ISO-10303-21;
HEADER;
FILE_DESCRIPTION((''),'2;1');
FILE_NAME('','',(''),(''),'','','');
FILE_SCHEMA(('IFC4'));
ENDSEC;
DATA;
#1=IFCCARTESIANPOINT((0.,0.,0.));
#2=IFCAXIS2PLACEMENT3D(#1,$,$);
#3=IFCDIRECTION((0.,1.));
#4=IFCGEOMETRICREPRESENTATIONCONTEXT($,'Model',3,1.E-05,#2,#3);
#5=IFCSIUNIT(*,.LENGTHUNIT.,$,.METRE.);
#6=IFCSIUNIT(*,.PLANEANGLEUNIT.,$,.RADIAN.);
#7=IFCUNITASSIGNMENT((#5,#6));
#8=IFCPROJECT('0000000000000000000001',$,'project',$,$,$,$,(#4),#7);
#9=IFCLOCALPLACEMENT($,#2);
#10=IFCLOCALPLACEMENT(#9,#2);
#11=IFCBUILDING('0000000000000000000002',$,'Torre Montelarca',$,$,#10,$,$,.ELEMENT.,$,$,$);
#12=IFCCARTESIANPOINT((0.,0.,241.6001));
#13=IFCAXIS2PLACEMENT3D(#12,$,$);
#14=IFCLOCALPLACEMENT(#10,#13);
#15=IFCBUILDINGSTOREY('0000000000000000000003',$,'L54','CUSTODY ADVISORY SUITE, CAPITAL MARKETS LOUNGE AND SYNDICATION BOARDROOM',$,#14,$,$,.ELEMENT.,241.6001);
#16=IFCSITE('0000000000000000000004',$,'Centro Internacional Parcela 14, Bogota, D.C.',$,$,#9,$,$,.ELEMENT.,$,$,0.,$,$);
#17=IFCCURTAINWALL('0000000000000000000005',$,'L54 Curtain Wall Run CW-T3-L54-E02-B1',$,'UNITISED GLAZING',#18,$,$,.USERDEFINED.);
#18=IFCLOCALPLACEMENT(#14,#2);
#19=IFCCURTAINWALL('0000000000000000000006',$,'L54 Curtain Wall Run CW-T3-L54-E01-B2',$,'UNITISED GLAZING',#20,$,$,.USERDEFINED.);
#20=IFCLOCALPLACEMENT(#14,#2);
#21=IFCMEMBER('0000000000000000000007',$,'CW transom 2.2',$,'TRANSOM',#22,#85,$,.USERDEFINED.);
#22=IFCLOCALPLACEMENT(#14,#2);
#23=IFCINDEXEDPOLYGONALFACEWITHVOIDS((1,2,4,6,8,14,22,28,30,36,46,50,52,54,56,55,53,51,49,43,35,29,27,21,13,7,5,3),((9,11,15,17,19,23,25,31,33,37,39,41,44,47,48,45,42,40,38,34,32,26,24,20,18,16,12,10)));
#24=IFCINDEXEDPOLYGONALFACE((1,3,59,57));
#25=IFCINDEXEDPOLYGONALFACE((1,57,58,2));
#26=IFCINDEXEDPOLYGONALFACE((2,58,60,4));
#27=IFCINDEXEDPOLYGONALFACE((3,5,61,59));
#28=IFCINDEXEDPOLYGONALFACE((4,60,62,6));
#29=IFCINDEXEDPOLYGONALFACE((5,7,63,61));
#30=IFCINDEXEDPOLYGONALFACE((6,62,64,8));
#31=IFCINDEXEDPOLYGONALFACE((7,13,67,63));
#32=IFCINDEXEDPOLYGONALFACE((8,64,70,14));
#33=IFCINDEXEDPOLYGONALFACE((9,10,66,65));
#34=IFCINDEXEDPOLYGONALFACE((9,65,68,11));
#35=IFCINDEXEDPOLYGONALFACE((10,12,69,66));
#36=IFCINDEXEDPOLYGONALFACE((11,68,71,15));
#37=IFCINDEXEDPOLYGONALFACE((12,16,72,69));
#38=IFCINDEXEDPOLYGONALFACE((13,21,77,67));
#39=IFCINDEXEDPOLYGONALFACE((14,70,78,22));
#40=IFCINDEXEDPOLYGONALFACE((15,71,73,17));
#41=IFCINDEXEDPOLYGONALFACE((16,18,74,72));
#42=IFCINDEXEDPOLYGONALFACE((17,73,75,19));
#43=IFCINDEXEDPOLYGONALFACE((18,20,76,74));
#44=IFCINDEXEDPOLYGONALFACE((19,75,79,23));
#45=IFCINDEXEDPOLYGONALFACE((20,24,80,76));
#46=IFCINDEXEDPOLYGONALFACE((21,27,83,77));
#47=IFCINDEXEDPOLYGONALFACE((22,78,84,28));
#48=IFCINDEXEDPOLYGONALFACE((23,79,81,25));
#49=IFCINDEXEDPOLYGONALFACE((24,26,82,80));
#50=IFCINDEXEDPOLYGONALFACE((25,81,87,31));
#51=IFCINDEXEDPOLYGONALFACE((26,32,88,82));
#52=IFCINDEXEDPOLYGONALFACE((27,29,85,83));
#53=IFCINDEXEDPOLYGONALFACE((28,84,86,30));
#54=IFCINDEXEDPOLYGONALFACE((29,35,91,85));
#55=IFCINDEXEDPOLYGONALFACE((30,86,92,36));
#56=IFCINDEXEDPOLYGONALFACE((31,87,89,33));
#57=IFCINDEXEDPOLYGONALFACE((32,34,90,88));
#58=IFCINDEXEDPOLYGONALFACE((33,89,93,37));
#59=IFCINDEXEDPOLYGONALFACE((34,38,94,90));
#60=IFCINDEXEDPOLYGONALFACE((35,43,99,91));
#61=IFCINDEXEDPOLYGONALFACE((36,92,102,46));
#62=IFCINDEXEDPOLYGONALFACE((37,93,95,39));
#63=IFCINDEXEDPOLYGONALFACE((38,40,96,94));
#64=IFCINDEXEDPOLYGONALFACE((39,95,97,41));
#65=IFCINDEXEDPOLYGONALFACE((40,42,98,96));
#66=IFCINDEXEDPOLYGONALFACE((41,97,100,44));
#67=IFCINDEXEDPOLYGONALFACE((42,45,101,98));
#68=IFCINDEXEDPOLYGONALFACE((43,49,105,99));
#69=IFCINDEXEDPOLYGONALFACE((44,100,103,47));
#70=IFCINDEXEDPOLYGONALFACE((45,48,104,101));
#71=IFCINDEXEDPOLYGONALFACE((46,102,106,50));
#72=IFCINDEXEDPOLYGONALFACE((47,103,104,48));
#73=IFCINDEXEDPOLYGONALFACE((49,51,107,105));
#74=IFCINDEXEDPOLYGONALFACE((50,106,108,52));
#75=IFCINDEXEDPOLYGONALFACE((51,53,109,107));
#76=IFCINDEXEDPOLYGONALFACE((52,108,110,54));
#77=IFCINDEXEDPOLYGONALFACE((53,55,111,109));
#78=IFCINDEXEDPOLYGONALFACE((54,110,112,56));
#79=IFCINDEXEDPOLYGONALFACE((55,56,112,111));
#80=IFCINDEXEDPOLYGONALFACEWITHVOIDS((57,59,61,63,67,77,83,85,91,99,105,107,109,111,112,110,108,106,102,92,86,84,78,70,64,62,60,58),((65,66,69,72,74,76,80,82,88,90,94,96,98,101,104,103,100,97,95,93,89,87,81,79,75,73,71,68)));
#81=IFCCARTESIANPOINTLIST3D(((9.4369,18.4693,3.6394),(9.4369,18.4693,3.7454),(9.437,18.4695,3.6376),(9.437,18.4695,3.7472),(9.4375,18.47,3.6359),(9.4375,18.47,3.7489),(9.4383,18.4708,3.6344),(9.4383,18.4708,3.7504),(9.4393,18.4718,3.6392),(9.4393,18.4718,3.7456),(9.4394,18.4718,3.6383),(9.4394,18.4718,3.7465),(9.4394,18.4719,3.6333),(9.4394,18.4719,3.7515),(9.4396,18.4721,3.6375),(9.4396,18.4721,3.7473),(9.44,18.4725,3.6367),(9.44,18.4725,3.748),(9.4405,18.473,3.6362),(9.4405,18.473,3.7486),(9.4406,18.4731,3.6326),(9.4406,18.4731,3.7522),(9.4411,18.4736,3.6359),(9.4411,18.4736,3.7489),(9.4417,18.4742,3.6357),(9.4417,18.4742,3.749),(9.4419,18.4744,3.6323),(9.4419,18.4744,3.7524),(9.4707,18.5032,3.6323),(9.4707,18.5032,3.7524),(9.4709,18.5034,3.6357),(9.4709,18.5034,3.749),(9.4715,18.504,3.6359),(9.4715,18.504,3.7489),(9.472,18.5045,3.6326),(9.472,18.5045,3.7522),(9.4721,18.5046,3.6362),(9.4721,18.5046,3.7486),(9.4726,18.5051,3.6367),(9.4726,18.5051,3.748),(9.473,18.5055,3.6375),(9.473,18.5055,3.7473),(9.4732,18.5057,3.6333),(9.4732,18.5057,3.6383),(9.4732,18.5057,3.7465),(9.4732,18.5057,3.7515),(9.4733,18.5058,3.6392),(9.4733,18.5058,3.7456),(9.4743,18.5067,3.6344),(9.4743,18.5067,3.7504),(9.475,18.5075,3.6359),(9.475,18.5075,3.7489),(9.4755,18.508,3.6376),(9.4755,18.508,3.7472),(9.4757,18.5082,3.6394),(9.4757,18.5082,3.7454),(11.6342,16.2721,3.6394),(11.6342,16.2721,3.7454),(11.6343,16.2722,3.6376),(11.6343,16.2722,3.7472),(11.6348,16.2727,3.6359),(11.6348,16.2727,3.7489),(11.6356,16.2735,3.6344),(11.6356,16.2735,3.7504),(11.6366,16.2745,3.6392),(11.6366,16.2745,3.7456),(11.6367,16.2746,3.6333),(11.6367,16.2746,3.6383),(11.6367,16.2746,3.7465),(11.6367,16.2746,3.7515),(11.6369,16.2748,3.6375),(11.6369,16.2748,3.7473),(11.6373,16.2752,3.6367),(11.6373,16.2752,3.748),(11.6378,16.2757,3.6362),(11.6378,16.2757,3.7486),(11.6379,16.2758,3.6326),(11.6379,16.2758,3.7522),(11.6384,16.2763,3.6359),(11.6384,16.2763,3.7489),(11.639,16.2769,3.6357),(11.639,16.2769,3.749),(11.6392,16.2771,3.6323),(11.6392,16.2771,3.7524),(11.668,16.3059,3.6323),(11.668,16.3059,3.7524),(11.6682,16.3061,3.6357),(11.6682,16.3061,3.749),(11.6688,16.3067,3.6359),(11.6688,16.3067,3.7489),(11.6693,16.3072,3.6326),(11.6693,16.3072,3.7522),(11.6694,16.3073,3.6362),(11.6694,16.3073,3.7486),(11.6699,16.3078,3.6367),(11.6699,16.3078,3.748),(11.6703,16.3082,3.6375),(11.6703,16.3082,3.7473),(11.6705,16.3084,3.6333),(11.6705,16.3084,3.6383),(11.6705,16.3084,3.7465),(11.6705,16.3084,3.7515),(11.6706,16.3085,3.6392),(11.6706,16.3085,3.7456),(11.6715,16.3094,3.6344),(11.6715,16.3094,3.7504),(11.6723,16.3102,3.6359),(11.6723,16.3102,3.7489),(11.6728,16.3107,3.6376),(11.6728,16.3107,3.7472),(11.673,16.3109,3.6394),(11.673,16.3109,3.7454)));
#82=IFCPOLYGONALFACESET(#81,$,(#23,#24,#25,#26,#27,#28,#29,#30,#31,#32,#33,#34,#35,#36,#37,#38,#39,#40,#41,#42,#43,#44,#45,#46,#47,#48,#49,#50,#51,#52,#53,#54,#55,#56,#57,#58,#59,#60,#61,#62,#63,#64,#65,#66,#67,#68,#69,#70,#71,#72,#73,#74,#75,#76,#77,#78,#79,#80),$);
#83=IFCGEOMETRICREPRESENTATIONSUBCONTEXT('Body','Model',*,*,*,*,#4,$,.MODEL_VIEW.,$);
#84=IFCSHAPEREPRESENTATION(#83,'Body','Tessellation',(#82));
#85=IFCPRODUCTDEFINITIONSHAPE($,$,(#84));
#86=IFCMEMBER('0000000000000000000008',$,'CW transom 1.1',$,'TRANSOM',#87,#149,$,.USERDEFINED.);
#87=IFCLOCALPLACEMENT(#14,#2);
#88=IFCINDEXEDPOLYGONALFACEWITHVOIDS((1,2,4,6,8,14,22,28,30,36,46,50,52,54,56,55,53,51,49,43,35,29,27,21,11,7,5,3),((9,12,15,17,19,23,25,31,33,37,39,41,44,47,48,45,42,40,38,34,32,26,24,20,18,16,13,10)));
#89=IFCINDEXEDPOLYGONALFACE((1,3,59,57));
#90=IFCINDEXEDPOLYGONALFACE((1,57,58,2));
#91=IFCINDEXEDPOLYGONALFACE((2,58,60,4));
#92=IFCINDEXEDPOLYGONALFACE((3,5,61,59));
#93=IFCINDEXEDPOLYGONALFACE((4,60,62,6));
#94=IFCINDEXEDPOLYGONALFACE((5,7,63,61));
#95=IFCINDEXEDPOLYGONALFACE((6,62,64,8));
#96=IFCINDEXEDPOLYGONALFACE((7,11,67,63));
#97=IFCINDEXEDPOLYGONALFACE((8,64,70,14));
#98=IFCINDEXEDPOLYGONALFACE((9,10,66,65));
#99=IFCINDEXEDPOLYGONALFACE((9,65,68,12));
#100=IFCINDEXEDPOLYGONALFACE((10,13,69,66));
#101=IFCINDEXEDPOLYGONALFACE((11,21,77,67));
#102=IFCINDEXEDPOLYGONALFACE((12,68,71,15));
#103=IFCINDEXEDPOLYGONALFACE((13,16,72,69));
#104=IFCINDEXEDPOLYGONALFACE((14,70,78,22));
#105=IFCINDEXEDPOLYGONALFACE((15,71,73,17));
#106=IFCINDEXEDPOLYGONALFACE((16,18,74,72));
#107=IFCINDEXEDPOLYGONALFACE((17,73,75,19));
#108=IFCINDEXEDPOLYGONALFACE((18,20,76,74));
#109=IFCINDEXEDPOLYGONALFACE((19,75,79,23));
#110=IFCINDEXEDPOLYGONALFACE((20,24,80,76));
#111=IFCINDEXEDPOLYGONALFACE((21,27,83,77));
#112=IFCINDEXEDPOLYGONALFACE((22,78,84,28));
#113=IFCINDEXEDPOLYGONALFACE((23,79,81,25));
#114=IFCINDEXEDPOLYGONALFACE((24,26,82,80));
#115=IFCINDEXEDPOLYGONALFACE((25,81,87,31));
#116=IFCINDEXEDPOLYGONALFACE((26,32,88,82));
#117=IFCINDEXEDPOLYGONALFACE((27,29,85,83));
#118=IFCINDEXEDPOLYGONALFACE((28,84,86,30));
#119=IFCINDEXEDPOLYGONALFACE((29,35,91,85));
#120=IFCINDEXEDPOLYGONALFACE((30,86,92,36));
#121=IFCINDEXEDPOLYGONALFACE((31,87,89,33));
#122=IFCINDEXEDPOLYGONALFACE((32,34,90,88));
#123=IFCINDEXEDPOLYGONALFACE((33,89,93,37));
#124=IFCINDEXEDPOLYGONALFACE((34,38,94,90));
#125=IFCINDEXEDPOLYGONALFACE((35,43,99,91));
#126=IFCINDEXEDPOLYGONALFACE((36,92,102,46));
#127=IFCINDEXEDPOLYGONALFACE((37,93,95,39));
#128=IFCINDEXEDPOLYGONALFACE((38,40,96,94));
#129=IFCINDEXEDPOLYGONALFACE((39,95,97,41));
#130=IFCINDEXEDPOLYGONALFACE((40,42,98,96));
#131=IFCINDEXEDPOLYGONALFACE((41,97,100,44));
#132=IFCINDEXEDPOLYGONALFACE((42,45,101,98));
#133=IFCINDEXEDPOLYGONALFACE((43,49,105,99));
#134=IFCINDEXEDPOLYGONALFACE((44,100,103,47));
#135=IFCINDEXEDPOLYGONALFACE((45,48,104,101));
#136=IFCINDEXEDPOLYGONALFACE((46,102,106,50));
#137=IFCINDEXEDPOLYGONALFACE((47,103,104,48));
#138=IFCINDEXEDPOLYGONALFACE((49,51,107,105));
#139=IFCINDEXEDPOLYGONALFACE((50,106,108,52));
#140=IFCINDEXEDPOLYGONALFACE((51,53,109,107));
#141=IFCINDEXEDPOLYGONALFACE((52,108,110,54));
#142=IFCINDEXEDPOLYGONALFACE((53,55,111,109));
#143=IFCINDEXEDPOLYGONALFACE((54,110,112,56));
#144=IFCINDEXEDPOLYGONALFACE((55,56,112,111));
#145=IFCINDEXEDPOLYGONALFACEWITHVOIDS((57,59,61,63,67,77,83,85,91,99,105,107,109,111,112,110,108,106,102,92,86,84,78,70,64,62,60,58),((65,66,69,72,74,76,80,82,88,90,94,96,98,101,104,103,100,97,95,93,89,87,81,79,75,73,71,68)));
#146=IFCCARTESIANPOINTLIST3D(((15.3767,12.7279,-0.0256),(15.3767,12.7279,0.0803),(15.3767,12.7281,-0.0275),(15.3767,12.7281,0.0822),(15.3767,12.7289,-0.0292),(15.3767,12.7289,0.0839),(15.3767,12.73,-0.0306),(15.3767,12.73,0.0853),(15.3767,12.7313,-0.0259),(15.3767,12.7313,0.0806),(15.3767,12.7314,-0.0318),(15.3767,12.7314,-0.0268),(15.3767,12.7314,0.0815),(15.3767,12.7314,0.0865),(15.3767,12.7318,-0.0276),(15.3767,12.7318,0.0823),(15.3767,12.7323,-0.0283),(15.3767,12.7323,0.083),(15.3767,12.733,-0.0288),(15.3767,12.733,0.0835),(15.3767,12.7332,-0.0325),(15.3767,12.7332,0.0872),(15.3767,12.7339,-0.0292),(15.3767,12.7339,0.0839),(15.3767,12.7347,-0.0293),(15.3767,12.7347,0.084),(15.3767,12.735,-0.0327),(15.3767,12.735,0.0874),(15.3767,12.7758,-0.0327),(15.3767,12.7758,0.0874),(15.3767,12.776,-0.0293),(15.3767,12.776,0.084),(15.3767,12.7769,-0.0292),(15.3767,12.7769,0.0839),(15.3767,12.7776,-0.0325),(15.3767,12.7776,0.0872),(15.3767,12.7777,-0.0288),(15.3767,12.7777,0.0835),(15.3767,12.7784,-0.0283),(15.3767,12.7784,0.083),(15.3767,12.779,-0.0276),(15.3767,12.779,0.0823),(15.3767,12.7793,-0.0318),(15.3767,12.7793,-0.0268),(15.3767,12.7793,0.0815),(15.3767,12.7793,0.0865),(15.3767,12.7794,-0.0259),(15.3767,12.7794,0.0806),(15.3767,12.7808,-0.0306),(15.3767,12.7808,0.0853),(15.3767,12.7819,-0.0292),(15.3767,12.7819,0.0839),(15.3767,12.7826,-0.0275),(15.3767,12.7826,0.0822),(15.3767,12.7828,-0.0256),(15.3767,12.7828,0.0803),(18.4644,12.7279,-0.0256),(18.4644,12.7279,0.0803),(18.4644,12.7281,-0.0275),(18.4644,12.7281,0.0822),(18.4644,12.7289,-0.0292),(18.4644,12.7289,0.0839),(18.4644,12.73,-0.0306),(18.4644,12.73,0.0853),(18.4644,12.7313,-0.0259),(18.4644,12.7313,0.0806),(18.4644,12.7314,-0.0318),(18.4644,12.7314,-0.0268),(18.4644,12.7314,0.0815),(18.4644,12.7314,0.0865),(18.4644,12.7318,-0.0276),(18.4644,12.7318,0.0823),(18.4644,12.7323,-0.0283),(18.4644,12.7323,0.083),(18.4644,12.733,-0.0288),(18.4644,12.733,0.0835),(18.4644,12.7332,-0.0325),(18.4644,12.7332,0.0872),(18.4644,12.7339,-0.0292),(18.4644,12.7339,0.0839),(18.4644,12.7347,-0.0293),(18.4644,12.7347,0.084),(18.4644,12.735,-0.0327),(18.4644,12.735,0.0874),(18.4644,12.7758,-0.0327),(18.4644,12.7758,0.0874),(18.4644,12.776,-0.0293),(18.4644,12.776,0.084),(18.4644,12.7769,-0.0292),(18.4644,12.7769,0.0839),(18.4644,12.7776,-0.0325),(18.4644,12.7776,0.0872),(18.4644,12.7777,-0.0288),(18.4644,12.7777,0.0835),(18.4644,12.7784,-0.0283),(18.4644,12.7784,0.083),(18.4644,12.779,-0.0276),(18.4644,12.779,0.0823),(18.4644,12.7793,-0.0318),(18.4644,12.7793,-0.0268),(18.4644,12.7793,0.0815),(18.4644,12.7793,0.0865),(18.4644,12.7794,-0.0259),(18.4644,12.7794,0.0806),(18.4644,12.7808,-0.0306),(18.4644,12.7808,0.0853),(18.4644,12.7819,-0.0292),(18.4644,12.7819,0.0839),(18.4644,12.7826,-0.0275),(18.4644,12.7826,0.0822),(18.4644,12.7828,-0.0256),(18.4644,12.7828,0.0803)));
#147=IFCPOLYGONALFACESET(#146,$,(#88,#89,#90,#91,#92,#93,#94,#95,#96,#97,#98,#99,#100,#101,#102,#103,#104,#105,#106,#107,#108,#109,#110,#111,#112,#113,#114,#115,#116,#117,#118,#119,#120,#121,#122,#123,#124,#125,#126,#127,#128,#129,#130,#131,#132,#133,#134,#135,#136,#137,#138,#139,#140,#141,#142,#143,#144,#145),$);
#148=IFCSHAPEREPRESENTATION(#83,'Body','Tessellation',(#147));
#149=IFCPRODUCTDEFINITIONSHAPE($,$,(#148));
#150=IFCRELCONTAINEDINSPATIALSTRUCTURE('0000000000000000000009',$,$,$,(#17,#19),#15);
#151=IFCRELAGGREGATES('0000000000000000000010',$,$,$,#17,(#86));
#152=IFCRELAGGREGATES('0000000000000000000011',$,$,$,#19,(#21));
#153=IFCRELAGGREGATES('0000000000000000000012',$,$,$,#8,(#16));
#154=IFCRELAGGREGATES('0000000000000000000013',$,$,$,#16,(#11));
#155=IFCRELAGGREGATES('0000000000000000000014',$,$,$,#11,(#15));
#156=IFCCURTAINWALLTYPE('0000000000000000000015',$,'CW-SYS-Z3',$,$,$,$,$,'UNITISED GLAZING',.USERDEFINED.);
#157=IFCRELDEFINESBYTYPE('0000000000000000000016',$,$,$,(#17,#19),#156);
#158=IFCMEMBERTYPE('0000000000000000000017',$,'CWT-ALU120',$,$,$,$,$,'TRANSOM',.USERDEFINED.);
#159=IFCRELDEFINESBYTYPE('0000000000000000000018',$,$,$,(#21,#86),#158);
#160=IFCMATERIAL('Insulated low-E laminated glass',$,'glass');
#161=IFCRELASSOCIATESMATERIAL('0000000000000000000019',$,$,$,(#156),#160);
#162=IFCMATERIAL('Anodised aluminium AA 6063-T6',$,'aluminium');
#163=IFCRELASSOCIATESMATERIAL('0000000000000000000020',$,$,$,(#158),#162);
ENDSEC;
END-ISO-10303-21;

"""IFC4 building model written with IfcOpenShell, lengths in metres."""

from ifc_helpers import new_model, si_unit, direction, frame, origin, origin_2d, place, context, subcontext, project, spatial, hollow_rectangle, extrude, source, transform, mapped, material, material_profile, profile_set, type_object, element, aggregate, save


model = new_model("IFC4")

# Units and contexts
model_context = context("Model", 3, precision=1e-05, world=origin(), true_north=direction((0.0, 1.0)))
body_context = subcontext(model_context, "Body", "Model", "MODEL_VIEW")
ifc_project = project(units=[si_unit("LENGTHUNIT", "METRE"), si_unit("PLANEANGLEUNIT", "RADIAN")], contexts=[model_context])

# Site, building, storey
site_placement = place(None, origin())
site = spatial("IfcSite", under=ifc_project, at=site_placement, Name="Centro Internacional Parcela 14, Bogota, D.C.", CompositionType="ELEMENT", RefElevation=0.0)
building_placement = place(site_placement, origin())
building = spatial("IfcBuilding", under=site, at=building_placement, Name="Torre Montelarca", CompositionType="ELEMENT")
storey_placement = place(building_placement, frame((0.0, 0.0, 241.6001)))
storey = spatial("IfcBuildingStorey", under=building, at=storey_placement, Name="L54", Description="CUSTODY ADVISORY SUITE, CAPITAL MARKETS LOUNGE AND SYNDICATION BOARDROOM", CompositionType="ELEMENT", Elevation=241.6001)

# Curtain walls
ifc_material_1 = material(Name="Insulated low-E laminated glass", Category="glass")
curtain_wall_type = type_object("IfcCurtainWallType", Name="CW-SYS-Z3", ElementType="UNITISED GLAZING", PredefinedType="USERDEFINED", material=ifc_material_1)
curtain_wall_1_placement = place(storey_placement, origin())
curtain_wall_1 = element("IfcCurtainWall", 1, at=curtain_wall_1_placement, inside=storey, type_object=curtain_wall_type, Name="L54 Curtain Wall Run CW-T3-L54-E02-B1", ObjectType="UNITISED GLAZING", PredefinedType="USERDEFINED")
ifc_material_2 = material(Name="Anodised aluminium AA 6063-T6", Category="aluminium")
ifc_material_profile_1 = material_profile(ifc_material_2, hollow_rectangle(XDim=0.0549, YDim=0.1201, WallThickness=0.0034, InnerFilletRadius=0.0034, OuterFilletRadius=0.0071, at=origin_2d()), Name="ALU55X120X3.5", Category="aluminium")
ifc_profile_set_1 = profile_set([ifc_material_profile_1], Name="Anodised aluminium AA 6063-T6")
member_type_1 = type_object("IfcMemberType", Name="CWT-ALU120", ElementType="TRANSOM", PredefinedType="USERDEFINED", material=ifc_profile_set_1)
curtain_wall_2_placement = place(storey_placement, origin())
curtain_wall_2 = element("IfcCurtainWall", 2, at=curtain_wall_2_placement, inside=storey, type_object=curtain_wall_type, Name="L54 Curtain Wall Run CW-T3-L54-E01-B2", ObjectType="UNITISED GLAZING", PredefinedType="USERDEFINED")

# Members
shared_shape_1 = source(origin(), body_context, "Body", "SweptSolid", [
    extrude(hollow_rectangle(XDim=0.0549, YDim=0.1201, WallThickness=0.0034, InnerFilletRadius=0.0034, OuterFilletRadius=0.0071, at=origin_2d()), origin(), (0.0, 0.0, 1.0), 3.1074),
])
member_1_placement = place(storey_placement, frame((9.4563, 18.4888, 3.6924), z_axis=(0.707107, -0.707107, 0.0), x_axis=(0.707107, 0.707107, 0.0)))
member_1 = element("IfcMember", 3, at=member_1_placement, type_object=member_type_1, Name="CW transom 2.2", ObjectType="TRANSOM", PredefinedType="USERDEFINED", context=body_context, shape_type="MappedRepresentation", body=[
    mapped(shared_shape_1, transform((0.0, 0.0, 0.0), scale=1.0)),
])
shared_shape_2 = source(origin(), body_context, "Body", "SweptSolid", [
    extrude(hollow_rectangle(XDim=0.0549, YDim=0.1201, WallThickness=0.0034, InnerFilletRadius=0.0034, OuterFilletRadius=0.0071, at=origin_2d()), origin(), (0.0, 0.0, 1.0), 3.0876),
])
member_2_placement = place(storey_placement, frame((15.3767, 12.7554, 0.0273), z_axis=(1.0, 0.0, 0.0), x_axis=(0.0, 1.0, 0.0)))
member_2 = element("IfcMember", 4, at=member_2_placement, type_object=member_type_1, Name="CW transom 1.1", ObjectType="TRANSOM", PredefinedType="USERDEFINED", context=body_context, shape_type="MappedRepresentation", body=[
    mapped(shared_shape_2, transform((0.0, 0.0, 0.0), scale=1.0)),
])

aggregate(curtain_wall_1, [member_2])
aggregate(curtain_wall_2, [member_1])

save(model, "model.ifc")
